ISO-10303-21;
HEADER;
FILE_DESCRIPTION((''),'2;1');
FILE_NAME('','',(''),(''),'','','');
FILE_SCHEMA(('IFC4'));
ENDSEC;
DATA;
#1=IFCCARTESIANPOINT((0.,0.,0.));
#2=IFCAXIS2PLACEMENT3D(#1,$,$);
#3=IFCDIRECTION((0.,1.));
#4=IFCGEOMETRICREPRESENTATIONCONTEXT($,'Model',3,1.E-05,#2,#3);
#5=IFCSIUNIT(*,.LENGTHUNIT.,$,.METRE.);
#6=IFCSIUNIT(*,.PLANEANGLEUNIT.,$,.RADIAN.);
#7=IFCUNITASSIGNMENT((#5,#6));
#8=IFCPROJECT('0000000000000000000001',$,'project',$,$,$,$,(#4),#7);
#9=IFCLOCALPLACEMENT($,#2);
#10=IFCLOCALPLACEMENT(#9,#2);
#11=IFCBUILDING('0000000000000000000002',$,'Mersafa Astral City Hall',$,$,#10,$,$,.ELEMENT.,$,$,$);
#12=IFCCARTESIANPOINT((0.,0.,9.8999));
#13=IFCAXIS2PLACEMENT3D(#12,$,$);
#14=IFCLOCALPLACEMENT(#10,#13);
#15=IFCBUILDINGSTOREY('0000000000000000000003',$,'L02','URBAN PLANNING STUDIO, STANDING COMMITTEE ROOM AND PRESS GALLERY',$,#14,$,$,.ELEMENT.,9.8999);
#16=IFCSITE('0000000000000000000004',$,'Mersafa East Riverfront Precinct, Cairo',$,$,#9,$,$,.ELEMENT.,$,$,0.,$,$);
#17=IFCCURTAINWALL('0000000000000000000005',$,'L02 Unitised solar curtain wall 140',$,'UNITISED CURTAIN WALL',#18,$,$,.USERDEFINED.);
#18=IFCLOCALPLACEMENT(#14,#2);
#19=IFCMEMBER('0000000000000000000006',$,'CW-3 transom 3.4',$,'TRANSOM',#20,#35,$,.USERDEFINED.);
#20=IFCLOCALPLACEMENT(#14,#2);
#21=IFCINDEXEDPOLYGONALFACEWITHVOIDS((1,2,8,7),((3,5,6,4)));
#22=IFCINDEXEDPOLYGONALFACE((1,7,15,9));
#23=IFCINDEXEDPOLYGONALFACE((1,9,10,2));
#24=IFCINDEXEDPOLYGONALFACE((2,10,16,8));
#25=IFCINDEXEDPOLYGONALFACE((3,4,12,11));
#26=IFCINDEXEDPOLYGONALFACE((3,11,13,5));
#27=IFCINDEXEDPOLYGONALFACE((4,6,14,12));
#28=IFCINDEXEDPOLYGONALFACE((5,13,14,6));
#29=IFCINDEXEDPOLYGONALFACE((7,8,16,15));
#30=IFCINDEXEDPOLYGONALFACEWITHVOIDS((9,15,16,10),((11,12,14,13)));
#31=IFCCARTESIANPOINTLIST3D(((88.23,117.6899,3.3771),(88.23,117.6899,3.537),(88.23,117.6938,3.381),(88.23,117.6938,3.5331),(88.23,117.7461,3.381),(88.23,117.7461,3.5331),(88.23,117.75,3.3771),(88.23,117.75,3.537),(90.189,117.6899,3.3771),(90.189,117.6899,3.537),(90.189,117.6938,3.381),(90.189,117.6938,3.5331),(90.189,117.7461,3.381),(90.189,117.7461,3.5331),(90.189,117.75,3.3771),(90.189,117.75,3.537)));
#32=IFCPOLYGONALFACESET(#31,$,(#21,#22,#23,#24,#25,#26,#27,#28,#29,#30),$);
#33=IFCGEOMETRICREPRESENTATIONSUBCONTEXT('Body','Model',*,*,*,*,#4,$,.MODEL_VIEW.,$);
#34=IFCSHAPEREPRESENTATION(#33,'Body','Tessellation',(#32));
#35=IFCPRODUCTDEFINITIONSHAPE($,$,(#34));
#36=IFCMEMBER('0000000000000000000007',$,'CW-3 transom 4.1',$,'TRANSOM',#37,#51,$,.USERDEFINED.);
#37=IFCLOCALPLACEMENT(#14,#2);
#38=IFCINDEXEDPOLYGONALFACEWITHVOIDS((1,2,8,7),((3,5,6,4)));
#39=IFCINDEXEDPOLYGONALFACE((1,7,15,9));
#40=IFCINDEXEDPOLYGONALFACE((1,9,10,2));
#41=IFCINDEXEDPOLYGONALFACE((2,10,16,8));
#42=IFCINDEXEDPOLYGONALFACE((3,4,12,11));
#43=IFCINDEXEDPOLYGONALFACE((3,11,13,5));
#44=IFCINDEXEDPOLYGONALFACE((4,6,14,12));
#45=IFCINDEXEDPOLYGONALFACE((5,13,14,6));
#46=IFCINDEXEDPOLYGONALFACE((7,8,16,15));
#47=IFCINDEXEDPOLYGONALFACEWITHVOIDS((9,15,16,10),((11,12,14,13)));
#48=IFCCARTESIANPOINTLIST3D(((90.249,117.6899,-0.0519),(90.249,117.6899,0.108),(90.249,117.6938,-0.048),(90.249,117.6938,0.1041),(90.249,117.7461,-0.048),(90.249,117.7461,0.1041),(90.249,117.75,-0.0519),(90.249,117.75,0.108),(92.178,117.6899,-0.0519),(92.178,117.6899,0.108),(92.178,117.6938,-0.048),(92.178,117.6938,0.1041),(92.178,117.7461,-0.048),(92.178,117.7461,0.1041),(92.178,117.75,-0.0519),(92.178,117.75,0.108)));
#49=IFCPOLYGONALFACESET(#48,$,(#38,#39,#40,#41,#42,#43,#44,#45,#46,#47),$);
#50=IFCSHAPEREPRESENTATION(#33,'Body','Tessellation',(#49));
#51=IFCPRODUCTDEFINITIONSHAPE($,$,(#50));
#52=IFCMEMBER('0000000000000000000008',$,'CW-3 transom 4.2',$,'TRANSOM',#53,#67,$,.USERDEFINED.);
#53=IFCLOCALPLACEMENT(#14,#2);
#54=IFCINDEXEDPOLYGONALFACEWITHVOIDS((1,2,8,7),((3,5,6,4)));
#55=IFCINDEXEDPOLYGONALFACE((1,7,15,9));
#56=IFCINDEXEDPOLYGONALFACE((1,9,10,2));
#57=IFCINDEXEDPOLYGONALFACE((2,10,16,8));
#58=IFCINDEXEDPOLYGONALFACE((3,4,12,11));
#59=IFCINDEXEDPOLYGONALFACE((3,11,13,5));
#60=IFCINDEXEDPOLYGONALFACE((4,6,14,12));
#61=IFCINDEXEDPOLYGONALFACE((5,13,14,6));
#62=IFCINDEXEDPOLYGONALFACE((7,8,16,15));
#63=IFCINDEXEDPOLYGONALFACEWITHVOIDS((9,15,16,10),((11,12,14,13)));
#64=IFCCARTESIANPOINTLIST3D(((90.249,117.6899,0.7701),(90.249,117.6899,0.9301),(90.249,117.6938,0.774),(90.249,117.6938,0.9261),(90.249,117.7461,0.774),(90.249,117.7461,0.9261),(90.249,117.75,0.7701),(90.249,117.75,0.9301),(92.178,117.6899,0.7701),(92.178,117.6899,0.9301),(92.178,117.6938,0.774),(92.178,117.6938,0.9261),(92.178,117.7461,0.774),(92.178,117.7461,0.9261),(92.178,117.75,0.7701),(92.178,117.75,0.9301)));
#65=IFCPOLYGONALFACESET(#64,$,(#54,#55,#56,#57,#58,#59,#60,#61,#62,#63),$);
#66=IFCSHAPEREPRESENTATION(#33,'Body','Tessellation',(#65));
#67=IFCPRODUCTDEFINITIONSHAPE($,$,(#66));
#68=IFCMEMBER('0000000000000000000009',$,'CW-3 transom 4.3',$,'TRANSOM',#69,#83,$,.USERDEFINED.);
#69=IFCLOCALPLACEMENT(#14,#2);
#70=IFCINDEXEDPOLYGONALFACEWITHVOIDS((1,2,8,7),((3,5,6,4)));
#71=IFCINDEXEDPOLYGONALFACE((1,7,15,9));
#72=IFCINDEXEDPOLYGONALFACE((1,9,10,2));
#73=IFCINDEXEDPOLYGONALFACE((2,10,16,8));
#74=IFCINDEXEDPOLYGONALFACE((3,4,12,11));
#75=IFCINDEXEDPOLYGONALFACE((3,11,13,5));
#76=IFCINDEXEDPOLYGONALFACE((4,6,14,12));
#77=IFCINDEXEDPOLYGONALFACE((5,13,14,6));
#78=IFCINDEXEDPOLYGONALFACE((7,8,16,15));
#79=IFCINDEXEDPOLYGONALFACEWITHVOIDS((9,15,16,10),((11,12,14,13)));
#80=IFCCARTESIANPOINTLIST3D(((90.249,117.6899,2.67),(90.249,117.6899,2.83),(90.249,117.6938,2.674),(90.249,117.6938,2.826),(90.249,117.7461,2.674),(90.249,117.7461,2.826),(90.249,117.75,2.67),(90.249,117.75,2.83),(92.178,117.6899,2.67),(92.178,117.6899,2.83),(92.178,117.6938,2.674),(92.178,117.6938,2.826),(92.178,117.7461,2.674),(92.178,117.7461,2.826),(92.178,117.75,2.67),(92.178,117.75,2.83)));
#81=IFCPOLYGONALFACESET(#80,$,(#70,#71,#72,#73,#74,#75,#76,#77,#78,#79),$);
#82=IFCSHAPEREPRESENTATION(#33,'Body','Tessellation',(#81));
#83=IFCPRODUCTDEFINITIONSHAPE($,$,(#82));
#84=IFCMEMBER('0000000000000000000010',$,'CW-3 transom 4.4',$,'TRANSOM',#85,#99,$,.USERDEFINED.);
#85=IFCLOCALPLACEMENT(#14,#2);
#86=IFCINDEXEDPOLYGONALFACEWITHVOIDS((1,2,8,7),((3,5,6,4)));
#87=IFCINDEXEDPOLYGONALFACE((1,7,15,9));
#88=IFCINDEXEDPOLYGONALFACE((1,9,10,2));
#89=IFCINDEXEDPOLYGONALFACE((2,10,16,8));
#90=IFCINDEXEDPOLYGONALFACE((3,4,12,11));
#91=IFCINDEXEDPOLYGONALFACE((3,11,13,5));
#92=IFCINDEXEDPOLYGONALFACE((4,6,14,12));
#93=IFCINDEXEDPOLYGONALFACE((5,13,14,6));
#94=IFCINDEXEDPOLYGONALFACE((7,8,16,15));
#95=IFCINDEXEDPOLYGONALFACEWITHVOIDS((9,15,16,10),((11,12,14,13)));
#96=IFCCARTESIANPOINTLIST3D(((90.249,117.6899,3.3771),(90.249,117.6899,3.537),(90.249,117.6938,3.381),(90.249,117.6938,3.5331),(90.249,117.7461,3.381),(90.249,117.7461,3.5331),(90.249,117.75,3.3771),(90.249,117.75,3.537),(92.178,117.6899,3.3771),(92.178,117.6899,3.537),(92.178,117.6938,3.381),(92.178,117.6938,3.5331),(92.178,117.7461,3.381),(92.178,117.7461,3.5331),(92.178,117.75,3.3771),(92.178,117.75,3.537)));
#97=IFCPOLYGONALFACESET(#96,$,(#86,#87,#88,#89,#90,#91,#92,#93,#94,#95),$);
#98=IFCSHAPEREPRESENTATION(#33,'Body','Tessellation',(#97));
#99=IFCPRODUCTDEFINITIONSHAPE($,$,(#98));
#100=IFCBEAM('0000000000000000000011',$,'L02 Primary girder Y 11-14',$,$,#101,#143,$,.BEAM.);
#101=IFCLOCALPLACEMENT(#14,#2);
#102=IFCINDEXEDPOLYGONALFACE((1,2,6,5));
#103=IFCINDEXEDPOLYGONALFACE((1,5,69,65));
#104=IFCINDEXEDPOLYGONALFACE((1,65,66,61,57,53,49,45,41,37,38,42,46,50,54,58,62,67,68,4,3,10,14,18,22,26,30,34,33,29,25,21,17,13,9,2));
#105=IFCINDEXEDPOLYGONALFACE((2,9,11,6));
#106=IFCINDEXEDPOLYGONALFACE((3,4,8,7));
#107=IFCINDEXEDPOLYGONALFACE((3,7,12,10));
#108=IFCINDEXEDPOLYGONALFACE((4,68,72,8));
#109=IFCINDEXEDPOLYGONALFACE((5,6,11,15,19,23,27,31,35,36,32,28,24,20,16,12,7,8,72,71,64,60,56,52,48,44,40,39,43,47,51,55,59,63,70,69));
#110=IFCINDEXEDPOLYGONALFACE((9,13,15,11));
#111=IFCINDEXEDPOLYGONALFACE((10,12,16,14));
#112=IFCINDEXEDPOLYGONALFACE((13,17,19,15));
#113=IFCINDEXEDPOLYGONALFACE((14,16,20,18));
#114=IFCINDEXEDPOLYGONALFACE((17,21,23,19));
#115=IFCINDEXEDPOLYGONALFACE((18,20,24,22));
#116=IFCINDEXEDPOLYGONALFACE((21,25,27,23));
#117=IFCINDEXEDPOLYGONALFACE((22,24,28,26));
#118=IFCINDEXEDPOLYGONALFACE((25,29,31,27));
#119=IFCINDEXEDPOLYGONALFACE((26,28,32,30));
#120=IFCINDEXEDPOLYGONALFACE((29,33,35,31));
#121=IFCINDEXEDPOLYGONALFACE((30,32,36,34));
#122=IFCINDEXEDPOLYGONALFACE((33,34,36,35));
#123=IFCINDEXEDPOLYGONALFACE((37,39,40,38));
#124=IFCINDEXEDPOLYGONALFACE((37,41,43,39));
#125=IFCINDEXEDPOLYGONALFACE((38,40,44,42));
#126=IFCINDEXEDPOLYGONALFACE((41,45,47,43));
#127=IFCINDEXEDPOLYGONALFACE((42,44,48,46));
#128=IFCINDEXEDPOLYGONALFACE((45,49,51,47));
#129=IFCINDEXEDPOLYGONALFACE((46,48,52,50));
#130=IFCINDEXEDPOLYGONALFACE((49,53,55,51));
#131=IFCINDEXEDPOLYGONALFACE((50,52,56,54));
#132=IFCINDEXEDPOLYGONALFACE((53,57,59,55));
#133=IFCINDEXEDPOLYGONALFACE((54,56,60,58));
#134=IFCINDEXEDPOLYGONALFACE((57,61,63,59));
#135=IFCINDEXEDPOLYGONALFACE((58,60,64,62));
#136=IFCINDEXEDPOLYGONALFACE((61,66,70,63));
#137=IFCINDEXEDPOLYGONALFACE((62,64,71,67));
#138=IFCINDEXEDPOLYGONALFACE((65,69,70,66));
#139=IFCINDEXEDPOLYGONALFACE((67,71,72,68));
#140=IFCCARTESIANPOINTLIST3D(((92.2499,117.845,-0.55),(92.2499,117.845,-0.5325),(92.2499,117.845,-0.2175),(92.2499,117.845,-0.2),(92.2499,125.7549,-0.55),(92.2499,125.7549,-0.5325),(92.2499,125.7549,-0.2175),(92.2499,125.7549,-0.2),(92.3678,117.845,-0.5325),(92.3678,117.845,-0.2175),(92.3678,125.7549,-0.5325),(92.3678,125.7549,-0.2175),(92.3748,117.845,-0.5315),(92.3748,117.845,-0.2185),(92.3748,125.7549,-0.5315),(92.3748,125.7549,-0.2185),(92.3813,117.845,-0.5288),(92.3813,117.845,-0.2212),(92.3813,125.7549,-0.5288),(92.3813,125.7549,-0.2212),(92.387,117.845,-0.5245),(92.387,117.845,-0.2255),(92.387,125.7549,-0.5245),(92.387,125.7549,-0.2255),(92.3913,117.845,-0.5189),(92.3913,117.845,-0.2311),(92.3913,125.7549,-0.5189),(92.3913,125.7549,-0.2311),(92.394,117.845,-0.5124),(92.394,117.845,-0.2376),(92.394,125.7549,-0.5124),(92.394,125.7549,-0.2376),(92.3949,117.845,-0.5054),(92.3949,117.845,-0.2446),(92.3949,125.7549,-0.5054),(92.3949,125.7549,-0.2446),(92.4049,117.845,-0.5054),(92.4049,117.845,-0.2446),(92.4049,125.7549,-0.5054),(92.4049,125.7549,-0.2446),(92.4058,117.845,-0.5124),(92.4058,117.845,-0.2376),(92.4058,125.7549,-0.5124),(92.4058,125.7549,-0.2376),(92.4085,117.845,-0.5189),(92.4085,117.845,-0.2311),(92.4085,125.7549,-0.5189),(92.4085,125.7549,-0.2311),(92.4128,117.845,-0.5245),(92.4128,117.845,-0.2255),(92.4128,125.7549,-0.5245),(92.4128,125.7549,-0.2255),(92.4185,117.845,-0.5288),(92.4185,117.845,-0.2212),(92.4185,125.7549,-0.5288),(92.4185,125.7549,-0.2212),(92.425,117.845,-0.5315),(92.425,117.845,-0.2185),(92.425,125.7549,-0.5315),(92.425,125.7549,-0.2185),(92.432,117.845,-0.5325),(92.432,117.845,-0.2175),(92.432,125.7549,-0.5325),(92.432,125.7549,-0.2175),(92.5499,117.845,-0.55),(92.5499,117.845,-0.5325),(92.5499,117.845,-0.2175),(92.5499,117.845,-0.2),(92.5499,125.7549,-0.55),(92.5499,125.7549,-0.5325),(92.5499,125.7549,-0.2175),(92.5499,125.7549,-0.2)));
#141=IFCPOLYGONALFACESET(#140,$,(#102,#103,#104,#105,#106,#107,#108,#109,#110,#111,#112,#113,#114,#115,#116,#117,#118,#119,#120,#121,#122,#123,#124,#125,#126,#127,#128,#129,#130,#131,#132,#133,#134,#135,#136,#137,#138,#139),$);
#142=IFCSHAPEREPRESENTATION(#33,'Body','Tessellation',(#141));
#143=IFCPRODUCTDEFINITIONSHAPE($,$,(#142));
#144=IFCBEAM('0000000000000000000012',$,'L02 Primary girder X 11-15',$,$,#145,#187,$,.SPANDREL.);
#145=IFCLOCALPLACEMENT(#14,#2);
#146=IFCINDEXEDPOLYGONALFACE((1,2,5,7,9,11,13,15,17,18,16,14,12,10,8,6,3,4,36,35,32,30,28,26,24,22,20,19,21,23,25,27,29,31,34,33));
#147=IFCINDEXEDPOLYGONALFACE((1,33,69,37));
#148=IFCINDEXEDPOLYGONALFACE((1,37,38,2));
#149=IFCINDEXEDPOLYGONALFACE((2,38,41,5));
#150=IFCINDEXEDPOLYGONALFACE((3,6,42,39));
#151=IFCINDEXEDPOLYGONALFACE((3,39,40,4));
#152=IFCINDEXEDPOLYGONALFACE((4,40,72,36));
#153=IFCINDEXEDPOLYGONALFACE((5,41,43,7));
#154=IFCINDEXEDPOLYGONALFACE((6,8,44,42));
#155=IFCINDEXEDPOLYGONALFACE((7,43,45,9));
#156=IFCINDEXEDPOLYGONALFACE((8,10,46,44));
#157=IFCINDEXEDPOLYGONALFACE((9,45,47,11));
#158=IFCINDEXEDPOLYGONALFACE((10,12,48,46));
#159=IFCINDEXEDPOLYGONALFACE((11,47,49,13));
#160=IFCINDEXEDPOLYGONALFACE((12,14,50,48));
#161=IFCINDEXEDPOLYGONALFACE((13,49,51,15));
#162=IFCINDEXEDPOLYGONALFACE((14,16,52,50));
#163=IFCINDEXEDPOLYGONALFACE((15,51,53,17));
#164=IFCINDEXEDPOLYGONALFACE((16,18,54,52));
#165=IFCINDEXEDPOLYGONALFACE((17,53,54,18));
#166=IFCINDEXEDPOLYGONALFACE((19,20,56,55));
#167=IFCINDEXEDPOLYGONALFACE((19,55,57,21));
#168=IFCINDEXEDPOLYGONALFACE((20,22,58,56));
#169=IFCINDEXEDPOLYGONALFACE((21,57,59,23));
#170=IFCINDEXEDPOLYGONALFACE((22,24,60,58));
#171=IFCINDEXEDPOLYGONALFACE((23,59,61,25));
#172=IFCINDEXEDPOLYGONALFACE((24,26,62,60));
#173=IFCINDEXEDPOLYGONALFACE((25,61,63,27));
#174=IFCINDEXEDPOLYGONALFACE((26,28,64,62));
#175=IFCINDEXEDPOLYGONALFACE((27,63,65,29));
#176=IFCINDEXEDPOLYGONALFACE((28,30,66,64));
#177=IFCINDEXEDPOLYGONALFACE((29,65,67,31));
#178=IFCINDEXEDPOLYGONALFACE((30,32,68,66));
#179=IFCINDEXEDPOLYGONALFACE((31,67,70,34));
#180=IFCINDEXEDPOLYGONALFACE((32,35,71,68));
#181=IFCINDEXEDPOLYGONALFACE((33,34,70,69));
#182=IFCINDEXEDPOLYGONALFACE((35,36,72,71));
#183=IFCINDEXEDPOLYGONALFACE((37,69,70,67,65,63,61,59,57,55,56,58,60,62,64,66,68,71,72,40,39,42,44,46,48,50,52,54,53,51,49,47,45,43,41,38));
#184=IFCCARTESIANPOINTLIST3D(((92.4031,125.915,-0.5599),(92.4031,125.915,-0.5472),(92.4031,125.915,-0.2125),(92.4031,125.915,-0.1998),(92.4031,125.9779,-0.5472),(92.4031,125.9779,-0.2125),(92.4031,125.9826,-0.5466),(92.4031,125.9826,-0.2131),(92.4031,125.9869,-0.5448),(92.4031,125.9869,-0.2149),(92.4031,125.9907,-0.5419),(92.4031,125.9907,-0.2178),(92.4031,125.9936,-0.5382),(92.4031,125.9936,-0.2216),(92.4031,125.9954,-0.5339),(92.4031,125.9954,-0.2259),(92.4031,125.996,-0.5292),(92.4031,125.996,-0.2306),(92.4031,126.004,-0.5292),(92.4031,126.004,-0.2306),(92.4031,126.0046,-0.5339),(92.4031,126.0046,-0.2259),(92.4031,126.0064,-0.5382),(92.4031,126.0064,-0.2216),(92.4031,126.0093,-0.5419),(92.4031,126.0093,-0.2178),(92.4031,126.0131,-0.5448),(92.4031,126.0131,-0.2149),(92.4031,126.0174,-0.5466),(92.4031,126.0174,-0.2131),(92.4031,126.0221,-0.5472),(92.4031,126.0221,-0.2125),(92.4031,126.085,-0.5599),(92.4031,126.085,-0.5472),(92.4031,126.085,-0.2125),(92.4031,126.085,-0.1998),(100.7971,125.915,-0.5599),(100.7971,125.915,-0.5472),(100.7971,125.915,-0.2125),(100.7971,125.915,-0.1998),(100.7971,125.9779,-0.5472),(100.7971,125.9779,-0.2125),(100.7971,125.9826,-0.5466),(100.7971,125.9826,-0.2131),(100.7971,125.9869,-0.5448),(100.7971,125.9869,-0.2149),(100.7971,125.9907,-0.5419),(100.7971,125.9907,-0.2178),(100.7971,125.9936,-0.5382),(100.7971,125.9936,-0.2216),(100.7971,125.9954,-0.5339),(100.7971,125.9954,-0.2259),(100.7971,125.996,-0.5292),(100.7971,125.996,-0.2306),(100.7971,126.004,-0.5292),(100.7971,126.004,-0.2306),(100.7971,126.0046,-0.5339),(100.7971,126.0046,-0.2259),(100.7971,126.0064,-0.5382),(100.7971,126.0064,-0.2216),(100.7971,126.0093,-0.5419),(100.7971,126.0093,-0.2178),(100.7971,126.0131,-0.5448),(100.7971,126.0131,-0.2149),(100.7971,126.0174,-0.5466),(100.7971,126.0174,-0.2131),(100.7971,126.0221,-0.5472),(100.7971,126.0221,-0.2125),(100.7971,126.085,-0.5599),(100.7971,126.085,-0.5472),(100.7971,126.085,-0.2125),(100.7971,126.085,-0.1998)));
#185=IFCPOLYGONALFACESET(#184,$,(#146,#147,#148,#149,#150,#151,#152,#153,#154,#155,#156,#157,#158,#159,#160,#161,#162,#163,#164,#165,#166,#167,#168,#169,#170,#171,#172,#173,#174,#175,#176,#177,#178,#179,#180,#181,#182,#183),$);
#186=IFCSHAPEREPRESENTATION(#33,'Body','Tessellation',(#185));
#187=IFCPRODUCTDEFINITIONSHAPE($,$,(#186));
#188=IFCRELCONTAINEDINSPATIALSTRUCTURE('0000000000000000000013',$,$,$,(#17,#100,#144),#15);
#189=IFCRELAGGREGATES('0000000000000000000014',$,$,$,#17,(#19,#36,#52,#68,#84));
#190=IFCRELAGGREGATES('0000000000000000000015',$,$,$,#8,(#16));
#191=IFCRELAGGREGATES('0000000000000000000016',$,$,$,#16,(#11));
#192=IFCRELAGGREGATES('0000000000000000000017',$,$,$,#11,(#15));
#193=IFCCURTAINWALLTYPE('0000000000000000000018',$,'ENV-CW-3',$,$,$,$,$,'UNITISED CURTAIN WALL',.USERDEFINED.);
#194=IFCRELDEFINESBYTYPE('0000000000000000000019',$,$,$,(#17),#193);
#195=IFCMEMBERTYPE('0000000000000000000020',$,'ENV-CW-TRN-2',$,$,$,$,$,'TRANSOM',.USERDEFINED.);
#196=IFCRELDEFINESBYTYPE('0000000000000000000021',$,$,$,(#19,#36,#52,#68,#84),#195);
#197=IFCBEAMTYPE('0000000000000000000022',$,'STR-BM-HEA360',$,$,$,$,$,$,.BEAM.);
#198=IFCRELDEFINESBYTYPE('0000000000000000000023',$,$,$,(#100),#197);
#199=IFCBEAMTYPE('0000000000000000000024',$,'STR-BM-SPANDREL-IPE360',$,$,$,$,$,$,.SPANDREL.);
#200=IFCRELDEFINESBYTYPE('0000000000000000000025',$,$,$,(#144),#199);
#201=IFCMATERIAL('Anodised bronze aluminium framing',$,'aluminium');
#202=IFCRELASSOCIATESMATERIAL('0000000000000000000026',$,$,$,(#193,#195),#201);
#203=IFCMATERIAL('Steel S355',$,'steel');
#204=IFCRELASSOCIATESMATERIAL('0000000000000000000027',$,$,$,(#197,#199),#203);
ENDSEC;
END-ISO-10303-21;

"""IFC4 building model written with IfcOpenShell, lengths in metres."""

from ifc_helpers import new_model, si_unit, direction, frame, origin, origin_2d, place, context, subcontext, project, spatial, hollow_rectangle, i_section, extrude, material, material_profile, profile_set, type_object, element, aggregate, save


model = new_model("IFC4")

# Units and contexts
model_context = context("Model", 3, precision=1e-05, world=origin(), true_north=direction((0.0, 1.0)))
body_context = subcontext(model_context, "Body", "Model", "MODEL_VIEW")
ifc_project = project(units=[si_unit("LENGTHUNIT", "METRE"), si_unit("PLANEANGLEUNIT", "RADIAN")], contexts=[model_context])

# Site, building, storey
site_placement = place(None, origin())
site = spatial("IfcSite", under=ifc_project, at=site_placement, Name="Mersafa East Riverfront Precinct, Cairo", CompositionType="ELEMENT", RefElevation=0.0)
building_placement = place(site_placement, origin())
building = spatial("IfcBuilding", under=site, at=building_placement, Name="Mersafa Astral City Hall", CompositionType="ELEMENT")
storey_placement = place(building_placement, frame((0.0, 0.0, 9.8999)))
storey = spatial("IfcBuildingStorey", under=building, at=storey_placement, Name="L02", Description="URBAN PLANNING STUDIO, STANDING COMMITTEE ROOM AND PRESS GALLERY", CompositionType="ELEMENT", Elevation=9.8999)

# Shared definitions
ifc_material_1 = material(Name="Steel S355", Category="steel")

# Curtain wall
ifc_material_2 = material(Name="Anodised bronze aluminium framing", Category="aluminium")
curtain_wall_type_1 = type_object("IfcCurtainWallType", Name="ENV-CW-3", ElementType="UNITISED CURTAIN WALL", PredefinedType="USERDEFINED", material=ifc_material_2)
curtain_wall_1_placement = place(storey_placement, origin())
curtain_wall_1 = element("IfcCurtainWall", 1, at=curtain_wall_1_placement, inside=storey, type_object=curtain_wall_type_1, Name="L02 Unitised solar curtain wall 140", ObjectType="UNITISED CURTAIN WALL", PredefinedType="USERDEFINED")

# Members
ifc_material_profile_1 = material_profile(ifc_material_2, hollow_rectangle(XDim=0.0601, YDim=0.1599, WallThickness=0.0039, at=origin_2d()), Name="RHS 60x160x4")
ifc_profile_set_1 = profile_set([ifc_material_profile_1], Name="Anodised bronze aluminium framing")
member_type_1 = type_object("IfcMemberType", Name="ENV-CW-TRN-2", ElementType="TRANSOM", PredefinedType="USERDEFINED", material=ifc_profile_set_1)
member_1_placement = place(storey_placement, frame((88.23, 117.72, 3.457), z_axis=(1.0, 0.0, 0.0), x_axis=(0.0, 1.0, 0.0)))
member_1 = element("IfcMember", 2, at=member_1_placement, type_object=member_type_1, Name="CW-3 transom 3.4", ObjectType="TRANSOM", PredefinedType="USERDEFINED", context=body_context, shape_type="SweptSolid", body=[
    extrude(hollow_rectangle(XDim=0.0601, YDim=0.1599, WallThickness=0.0039, at=origin_2d()), origin(), (0.0, 0.0, 1.0), 1.959),
])
member_2_placement = place(storey_placement, frame((90.249, 117.72, 0.0281), z_axis=(1.0, 0.0, 0.0), x_axis=(0.0, 1.0, 0.0)))
member_2 = element("IfcMember", 3, at=member_2_placement, type_object=member_type_1, Name="CW-3 transom 4.1", ObjectType="TRANSOM", PredefinedType="USERDEFINED", context=body_context, shape_type="SweptSolid", body=[
    extrude(hollow_rectangle(XDim=0.0601, YDim=0.1599, WallThickness=0.0039, at=origin_2d()), origin(), (0.0, 0.0, 1.0), 1.929),
])
member_3_placement = place(storey_placement, frame((90.249, 117.72, 0.8501), z_axis=(1.0, 0.0, 0.0), x_axis=(0.0, 1.0, 0.0)))
member_3 = element("IfcMember", 4, at=member_3_placement, type_object=member_type_1, Name="CW-3 transom 4.2", ObjectType="TRANSOM", PredefinedType="USERDEFINED", context=body_context, shape_type="SweptSolid", body=[
    extrude(hollow_rectangle(XDim=0.0601, YDim=0.1599, WallThickness=0.0039, at=origin_2d()), origin(), (0.0, 0.0, 1.0), 1.929),
])
member_4_placement = place(storey_placement, frame((90.249, 117.72, 2.75), z_axis=(1.0, 0.0, 0.0), x_axis=(0.0, 1.0, 0.0)))
member_4 = element("IfcMember", 5, at=member_4_placement, type_object=member_type_1, Name="CW-3 transom 4.3", ObjectType="TRANSOM", PredefinedType="USERDEFINED", context=body_context, shape_type="SweptSolid", body=[
    extrude(hollow_rectangle(XDim=0.0601, YDim=0.1599, WallThickness=0.0039, at=origin_2d()), origin(), (0.0, 0.0, 1.0), 1.929),
])
member_5_placement = place(storey_placement, frame((90.249, 117.72, 3.457), z_axis=(1.0, 0.0, 0.0), x_axis=(0.0, 1.0, 0.0)))
member_5 = element("IfcMember", 6, at=member_5_placement, type_object=member_type_1, Name="CW-3 transom 4.4", ObjectType="TRANSOM", PredefinedType="USERDEFINED", context=body_context, shape_type="SweptSolid", body=[
    extrude(hollow_rectangle(XDim=0.0601, YDim=0.1599, WallThickness=0.0039, at=origin_2d()), origin(), (0.0, 0.0, 1.0), 1.929),
])

# Beams
ifc_material_profile_2 = material_profile(ifc_material_1, i_section(OverallWidth=0.3, OverallDepth=0.3501, WebThickness=0.01, FlangeThickness=0.0176, FilletRadius=0.0271, at=origin_2d()), Name="HEA 360")
ifc_profile_set_2 = profile_set([ifc_material_profile_2], Name="Steel S355")
beam_type_1 = type_object("IfcBeamType", Name="STR-BM-HEA360", PredefinedType="BEAM", material=ifc_profile_set_2)
beam_1_placement = place(storey_placement, frame((92.3999, 117.845, -0.375), z_axis=(0.0, 1.0, 0.0), x_axis=(-1.0, 0.0, 0.0)))
element("IfcBeam", 7, at=beam_1_placement, inside=storey, type_object=beam_type_1, Name="L02 Primary girder Y 11-14", PredefinedType="BEAM", context=body_context, shape_type="SweptSolid", body=[
    extrude(i_section(OverallWidth=0.3, OverallDepth=0.3501, WebThickness=0.01, FlangeThickness=0.0176, FilletRadius=0.0271, at=origin_2d()), origin(), (0.0, 0.0, 1.0), 7.9099),
])
ifc_material_profile_3 = material_profile(ifc_material_1, i_section(OverallWidth=0.1699, OverallDepth=0.3601, WebThickness=0.0081, FlangeThickness=0.0127, FilletRadius=0.0181, at=origin_2d()), Name="IPE 360")
ifc_profile_set_3 = profile_set([ifc_material_profile_3], Name="Steel S355")
beam_type_2 = type_object("IfcBeamType", Name="STR-BM-SPANDREL-IPE360", PredefinedType="SPANDREL", material=ifc_profile_set_3)
beam_2_placement = place(storey_placement, frame((92.4031, 126.0, -0.3799), z_axis=(1.0, 0.0, 0.0), x_axis=(0.0, 1.0, 0.0)))
element("IfcBeam", 8, at=beam_2_placement, inside=storey, type_object=beam_type_2, Name="L02 Primary girder X 11-15", PredefinedType="SPANDREL", context=body_context, shape_type="SweptSolid", body=[
    extrude(i_section(OverallWidth=0.1699, OverallDepth=0.3601, WebThickness=0.0081, FlangeThickness=0.0127, FilletRadius=0.0181, at=origin_2d()), origin(), (0.0, 0.0, 1.0), 8.394),
])

aggregate(curtain_wall_1, [member_1, member_2, member_3, member_4, member_5])

save(model, "model.ifc")
